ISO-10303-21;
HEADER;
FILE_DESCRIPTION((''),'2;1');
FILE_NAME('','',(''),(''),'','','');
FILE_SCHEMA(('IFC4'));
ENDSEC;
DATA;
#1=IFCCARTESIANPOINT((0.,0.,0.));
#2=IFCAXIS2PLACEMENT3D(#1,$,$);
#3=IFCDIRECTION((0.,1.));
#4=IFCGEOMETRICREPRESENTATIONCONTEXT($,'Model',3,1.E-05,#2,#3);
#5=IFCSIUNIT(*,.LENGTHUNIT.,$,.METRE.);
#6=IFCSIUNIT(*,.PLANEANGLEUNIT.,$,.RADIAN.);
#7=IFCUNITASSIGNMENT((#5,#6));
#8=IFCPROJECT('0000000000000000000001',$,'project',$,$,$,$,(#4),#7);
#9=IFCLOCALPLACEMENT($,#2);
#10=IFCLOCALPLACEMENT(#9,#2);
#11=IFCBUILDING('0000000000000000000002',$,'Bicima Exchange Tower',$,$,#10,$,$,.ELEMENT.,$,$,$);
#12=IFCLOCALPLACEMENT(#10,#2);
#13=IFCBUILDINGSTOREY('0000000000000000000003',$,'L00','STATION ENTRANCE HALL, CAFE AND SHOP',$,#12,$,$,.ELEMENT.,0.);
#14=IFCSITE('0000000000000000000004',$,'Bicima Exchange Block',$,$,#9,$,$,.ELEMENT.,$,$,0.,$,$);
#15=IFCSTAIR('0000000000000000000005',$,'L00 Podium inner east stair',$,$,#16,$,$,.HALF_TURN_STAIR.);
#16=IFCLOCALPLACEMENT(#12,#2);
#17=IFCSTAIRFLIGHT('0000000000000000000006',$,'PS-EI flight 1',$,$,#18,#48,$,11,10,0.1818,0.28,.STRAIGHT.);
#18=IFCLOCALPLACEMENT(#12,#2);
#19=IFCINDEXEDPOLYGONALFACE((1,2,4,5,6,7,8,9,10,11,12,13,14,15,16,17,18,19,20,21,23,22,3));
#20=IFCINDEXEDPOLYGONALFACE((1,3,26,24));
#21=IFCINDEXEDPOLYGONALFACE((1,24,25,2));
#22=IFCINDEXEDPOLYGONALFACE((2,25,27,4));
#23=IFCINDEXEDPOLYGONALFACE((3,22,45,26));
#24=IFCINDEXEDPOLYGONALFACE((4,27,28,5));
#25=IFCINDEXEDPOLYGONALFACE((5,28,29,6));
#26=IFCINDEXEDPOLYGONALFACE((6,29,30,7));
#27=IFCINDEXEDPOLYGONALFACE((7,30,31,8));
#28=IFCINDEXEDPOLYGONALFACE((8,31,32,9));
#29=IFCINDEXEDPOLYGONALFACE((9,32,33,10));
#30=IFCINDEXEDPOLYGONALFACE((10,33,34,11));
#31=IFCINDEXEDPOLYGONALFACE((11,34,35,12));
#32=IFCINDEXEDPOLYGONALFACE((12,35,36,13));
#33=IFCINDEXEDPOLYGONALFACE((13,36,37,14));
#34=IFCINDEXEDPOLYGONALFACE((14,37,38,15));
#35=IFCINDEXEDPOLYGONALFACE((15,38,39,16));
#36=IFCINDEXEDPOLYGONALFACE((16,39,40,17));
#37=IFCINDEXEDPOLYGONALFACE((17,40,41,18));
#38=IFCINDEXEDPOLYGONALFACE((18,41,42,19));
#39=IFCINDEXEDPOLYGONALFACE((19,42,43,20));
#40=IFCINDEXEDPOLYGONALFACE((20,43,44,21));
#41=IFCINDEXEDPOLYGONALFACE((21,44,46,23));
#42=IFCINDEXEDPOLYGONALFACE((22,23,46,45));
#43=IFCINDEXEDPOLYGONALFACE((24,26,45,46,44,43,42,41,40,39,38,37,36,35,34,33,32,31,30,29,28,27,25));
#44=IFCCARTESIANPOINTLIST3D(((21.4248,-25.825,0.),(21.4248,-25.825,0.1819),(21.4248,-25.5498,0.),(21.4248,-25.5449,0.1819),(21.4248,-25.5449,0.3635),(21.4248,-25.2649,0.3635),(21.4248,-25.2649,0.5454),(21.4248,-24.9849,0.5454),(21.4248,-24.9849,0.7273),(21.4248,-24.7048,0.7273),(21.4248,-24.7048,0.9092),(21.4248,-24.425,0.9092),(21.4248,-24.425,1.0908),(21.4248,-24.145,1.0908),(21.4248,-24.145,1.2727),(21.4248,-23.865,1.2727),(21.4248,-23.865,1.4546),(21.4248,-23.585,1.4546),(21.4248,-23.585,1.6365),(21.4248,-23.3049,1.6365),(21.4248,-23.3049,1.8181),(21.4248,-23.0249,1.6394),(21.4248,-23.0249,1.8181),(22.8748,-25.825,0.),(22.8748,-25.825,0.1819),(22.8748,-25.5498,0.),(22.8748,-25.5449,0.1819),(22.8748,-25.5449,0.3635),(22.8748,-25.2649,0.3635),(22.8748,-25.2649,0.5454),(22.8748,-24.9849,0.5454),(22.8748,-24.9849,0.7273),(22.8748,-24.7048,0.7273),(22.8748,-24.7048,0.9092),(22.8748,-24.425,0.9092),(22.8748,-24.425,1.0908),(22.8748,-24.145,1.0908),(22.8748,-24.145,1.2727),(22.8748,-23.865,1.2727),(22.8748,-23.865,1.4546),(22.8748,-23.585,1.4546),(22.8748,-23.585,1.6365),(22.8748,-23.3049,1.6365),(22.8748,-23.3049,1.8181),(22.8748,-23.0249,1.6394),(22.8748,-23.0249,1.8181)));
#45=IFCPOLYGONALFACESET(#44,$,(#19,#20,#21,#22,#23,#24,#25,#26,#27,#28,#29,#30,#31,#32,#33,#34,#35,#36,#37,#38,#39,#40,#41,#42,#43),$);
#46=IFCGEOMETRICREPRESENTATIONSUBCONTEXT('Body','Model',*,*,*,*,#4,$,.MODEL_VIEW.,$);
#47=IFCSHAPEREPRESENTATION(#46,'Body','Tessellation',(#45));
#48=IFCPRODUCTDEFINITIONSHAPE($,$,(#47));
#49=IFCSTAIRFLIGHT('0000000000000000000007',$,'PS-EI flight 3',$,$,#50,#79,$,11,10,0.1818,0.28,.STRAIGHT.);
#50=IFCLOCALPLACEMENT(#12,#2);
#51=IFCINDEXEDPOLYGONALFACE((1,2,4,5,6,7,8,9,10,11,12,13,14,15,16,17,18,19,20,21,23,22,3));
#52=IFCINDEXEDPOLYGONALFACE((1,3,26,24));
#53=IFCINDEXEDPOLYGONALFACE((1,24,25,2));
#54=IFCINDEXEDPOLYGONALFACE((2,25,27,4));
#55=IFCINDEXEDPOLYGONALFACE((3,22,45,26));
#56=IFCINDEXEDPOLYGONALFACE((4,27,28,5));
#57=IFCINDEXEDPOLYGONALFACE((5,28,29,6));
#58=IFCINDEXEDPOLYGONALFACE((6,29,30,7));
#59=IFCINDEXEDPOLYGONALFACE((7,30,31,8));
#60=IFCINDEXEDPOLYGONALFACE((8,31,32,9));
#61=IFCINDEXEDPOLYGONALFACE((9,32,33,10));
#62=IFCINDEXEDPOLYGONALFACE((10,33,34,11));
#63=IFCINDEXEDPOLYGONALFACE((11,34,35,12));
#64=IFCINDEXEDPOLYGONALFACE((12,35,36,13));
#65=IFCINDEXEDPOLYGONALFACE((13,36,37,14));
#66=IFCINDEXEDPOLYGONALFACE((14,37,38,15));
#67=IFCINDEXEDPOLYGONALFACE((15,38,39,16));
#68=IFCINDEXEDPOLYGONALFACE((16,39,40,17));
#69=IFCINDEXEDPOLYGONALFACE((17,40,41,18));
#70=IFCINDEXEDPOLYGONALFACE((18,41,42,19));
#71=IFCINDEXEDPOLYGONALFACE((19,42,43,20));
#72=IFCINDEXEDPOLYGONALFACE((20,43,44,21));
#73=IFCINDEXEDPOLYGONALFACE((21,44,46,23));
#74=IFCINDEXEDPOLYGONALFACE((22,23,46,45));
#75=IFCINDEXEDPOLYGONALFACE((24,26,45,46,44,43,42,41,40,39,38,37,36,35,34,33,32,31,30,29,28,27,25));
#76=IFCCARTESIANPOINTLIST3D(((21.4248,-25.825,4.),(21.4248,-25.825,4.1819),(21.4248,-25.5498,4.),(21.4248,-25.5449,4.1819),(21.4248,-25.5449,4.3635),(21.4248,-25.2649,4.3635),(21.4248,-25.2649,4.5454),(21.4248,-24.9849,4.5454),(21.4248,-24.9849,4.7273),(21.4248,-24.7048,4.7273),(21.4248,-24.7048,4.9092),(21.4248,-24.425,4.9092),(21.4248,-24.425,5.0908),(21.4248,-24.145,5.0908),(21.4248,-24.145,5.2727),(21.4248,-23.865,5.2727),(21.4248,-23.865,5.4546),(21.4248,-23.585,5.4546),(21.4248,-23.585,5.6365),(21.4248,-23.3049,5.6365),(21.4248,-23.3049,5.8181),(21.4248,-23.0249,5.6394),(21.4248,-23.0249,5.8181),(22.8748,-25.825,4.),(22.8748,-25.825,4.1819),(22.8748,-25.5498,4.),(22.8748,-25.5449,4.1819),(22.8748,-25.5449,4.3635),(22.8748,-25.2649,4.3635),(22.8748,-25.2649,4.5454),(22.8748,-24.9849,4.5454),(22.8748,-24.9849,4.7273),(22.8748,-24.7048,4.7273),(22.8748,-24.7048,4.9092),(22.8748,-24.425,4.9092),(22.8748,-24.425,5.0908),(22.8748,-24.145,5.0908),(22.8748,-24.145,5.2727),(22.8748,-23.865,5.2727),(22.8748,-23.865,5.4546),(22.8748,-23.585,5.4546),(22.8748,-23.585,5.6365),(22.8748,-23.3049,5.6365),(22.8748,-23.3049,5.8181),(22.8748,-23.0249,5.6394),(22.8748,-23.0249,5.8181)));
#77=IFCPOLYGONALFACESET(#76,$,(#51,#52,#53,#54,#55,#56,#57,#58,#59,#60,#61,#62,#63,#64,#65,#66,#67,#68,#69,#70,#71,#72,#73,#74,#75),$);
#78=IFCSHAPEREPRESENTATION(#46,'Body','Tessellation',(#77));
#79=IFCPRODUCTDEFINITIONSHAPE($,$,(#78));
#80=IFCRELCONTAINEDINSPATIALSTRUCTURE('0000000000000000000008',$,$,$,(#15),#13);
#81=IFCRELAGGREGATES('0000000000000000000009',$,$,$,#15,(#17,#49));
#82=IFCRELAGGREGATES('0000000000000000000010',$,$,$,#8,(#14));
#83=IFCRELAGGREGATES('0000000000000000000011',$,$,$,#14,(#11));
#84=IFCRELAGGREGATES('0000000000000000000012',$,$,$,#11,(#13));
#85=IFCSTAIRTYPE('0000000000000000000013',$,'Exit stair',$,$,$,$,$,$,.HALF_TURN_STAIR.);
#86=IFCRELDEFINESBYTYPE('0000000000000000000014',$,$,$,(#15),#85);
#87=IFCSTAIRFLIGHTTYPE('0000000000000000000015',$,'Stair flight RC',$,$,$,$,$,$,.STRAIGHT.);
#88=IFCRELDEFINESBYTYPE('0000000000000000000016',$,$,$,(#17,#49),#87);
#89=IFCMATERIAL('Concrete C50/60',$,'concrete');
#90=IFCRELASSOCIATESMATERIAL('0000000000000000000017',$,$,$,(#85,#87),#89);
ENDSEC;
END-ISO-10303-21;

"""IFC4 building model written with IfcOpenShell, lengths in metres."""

from ifc_helpers import new_model, si_unit, direction, frame, origin, place, context, subcontext, project, spatial, polyline, outline, extrude, material, type_object, element, aggregate, save


model = new_model("IFC4")

# Units and contexts
model_context = context("Model", 3, precision=1e-05, world=origin(), true_north=direction((0.0, 1.0)))
body_context = subcontext(model_context, "Body", "Model", "MODEL_VIEW")
ifc_project = project(units=[si_unit("LENGTHUNIT", "METRE"), si_unit("PLANEANGLEUNIT", "RADIAN")], contexts=[model_context])

# Site, building, storey
site_placement = place(None, origin())
site = spatial("IfcSite", under=ifc_project, at=site_placement, Name="Bicima Exchange Block", CompositionType="ELEMENT", RefElevation=0.0)
building_placement = place(site_placement, origin())
building = spatial("IfcBuilding", under=site, at=building_placement, Name="Bicima Exchange Tower", CompositionType="ELEMENT")
storey_placement = place(building_placement, origin())
storey = spatial("IfcBuildingStorey", under=building, at=storey_placement, Name="L00", Description="STATION ENTRANCE HALL, CAFE AND SHOP", CompositionType="ELEMENT", Elevation=0.0)

# Shared definitions
ifc_material_1 = material(Name="Concrete C50/60", Category="concrete")

# Stair, stair flights
stair_type = type_object("IfcStairType", Name="Exit stair", PredefinedType="HALF_TURN_STAIR", material=ifc_material_1)
stair_flight_type = type_object("IfcStairFlightType", Name="Stair flight RC", PredefinedType="STRAIGHT", material=ifc_material_1)
stair_1_placement = place(storey_placement, origin())
stair_1 = element("IfcStair", 1, at=stair_1_placement, inside=storey, type_object=stair_type, Name="L00 Podium inner east stair", PredefinedType="HALF_TURN_STAIR")
stair_flight_1_placement = place(storey_placement, frame((22.1499, -25.825, 0.0), z_axis=(0.0, 0.0, 1.0), x_axis=(0.0, 1.0, 0.0)))
stair_flight_1 = element("IfcStairFlight", 2, at=stair_flight_1_placement, type_object=stair_flight_type, Name="PS-EI flight 1", NumberOfRisers=11, NumberOfTreads=10, PredefinedType="STRAIGHT", RiserHeight=0.1818, TreadLength=0.28, context=body_context, shape_type="SweptSolid", body=[
    extrude(outline(polyline([(0.0, 0.0), (0.0, 0.1819), (0.28, 0.1819), (0.28, 0.3635), (0.5601, 0.3635), (0.5601, 0.5454), (0.8401, 0.5454), (0.8401, 0.7273), (1.1201, 0.7273), (1.1201, 0.9092), (1.3999, 0.9092), (1.3999, 1.0908), (1.6799, 1.0908), (1.6799, 1.2727), (1.96, 1.2727), (1.96, 1.4546), (2.24, 1.4546), (2.24, 1.6365), (2.52, 1.6365), (2.52, 1.8181), (2.8, 1.8181), (2.8, 2.0), (2.8, 1.6394), (0.2751, 0.0), (0.0, 0.0)])), frame((0.0, 0.7251, 0.0), z_axis=(0.0, -1.0, 0.0), x_axis=(1.0, 0.0, 0.0)), (0.0, 0.0, 1.0), 1.45),
])
stair_flight_2_placement = place(storey_placement, frame((22.1499, -25.825, 4.0), z_axis=(0.0, 0.0, 1.0), x_axis=(0.0, 1.0, 0.0)))
stair_flight_2 = element("IfcStairFlight", 3, at=stair_flight_2_placement, type_object=stair_flight_type, Name="PS-EI flight 3", NumberOfRisers=11, NumberOfTreads=10, PredefinedType="STRAIGHT", RiserHeight=0.1818, TreadLength=0.28, context=body_context, shape_type="SweptSolid", body=[
    extrude(outline(polyline([(0.0, 0.0), (0.0, 0.1819), (0.28, 0.1819), (0.28, 0.3635), (0.5601, 0.3635), (0.5601, 0.5454), (0.8401, 0.5454), (0.8401, 0.7273), (1.1201, 0.7273), (1.1201, 0.9092), (1.3999, 0.9092), (1.3999, 1.0908), (1.6799, 1.0908), (1.6799, 1.2727), (1.96, 1.2727), (1.96, 1.4546), (2.24, 1.4546), (2.24, 1.6365), (2.52, 1.6365), (2.52, 1.8181), (2.8, 1.8181), (2.8, 2.0), (2.8, 1.6394), (0.2751, 0.0), (0.0, 0.0)])), frame((0.0, 0.7251, 0.0), z_axis=(0.0, -1.0, 0.0), x_axis=(1.0, 0.0, 0.0)), (0.0, 0.0, 1.0), 1.45),
])
aggregate(stair_1, [stair_flight_1, stair_flight_2])

save(model, "model.ifc")
